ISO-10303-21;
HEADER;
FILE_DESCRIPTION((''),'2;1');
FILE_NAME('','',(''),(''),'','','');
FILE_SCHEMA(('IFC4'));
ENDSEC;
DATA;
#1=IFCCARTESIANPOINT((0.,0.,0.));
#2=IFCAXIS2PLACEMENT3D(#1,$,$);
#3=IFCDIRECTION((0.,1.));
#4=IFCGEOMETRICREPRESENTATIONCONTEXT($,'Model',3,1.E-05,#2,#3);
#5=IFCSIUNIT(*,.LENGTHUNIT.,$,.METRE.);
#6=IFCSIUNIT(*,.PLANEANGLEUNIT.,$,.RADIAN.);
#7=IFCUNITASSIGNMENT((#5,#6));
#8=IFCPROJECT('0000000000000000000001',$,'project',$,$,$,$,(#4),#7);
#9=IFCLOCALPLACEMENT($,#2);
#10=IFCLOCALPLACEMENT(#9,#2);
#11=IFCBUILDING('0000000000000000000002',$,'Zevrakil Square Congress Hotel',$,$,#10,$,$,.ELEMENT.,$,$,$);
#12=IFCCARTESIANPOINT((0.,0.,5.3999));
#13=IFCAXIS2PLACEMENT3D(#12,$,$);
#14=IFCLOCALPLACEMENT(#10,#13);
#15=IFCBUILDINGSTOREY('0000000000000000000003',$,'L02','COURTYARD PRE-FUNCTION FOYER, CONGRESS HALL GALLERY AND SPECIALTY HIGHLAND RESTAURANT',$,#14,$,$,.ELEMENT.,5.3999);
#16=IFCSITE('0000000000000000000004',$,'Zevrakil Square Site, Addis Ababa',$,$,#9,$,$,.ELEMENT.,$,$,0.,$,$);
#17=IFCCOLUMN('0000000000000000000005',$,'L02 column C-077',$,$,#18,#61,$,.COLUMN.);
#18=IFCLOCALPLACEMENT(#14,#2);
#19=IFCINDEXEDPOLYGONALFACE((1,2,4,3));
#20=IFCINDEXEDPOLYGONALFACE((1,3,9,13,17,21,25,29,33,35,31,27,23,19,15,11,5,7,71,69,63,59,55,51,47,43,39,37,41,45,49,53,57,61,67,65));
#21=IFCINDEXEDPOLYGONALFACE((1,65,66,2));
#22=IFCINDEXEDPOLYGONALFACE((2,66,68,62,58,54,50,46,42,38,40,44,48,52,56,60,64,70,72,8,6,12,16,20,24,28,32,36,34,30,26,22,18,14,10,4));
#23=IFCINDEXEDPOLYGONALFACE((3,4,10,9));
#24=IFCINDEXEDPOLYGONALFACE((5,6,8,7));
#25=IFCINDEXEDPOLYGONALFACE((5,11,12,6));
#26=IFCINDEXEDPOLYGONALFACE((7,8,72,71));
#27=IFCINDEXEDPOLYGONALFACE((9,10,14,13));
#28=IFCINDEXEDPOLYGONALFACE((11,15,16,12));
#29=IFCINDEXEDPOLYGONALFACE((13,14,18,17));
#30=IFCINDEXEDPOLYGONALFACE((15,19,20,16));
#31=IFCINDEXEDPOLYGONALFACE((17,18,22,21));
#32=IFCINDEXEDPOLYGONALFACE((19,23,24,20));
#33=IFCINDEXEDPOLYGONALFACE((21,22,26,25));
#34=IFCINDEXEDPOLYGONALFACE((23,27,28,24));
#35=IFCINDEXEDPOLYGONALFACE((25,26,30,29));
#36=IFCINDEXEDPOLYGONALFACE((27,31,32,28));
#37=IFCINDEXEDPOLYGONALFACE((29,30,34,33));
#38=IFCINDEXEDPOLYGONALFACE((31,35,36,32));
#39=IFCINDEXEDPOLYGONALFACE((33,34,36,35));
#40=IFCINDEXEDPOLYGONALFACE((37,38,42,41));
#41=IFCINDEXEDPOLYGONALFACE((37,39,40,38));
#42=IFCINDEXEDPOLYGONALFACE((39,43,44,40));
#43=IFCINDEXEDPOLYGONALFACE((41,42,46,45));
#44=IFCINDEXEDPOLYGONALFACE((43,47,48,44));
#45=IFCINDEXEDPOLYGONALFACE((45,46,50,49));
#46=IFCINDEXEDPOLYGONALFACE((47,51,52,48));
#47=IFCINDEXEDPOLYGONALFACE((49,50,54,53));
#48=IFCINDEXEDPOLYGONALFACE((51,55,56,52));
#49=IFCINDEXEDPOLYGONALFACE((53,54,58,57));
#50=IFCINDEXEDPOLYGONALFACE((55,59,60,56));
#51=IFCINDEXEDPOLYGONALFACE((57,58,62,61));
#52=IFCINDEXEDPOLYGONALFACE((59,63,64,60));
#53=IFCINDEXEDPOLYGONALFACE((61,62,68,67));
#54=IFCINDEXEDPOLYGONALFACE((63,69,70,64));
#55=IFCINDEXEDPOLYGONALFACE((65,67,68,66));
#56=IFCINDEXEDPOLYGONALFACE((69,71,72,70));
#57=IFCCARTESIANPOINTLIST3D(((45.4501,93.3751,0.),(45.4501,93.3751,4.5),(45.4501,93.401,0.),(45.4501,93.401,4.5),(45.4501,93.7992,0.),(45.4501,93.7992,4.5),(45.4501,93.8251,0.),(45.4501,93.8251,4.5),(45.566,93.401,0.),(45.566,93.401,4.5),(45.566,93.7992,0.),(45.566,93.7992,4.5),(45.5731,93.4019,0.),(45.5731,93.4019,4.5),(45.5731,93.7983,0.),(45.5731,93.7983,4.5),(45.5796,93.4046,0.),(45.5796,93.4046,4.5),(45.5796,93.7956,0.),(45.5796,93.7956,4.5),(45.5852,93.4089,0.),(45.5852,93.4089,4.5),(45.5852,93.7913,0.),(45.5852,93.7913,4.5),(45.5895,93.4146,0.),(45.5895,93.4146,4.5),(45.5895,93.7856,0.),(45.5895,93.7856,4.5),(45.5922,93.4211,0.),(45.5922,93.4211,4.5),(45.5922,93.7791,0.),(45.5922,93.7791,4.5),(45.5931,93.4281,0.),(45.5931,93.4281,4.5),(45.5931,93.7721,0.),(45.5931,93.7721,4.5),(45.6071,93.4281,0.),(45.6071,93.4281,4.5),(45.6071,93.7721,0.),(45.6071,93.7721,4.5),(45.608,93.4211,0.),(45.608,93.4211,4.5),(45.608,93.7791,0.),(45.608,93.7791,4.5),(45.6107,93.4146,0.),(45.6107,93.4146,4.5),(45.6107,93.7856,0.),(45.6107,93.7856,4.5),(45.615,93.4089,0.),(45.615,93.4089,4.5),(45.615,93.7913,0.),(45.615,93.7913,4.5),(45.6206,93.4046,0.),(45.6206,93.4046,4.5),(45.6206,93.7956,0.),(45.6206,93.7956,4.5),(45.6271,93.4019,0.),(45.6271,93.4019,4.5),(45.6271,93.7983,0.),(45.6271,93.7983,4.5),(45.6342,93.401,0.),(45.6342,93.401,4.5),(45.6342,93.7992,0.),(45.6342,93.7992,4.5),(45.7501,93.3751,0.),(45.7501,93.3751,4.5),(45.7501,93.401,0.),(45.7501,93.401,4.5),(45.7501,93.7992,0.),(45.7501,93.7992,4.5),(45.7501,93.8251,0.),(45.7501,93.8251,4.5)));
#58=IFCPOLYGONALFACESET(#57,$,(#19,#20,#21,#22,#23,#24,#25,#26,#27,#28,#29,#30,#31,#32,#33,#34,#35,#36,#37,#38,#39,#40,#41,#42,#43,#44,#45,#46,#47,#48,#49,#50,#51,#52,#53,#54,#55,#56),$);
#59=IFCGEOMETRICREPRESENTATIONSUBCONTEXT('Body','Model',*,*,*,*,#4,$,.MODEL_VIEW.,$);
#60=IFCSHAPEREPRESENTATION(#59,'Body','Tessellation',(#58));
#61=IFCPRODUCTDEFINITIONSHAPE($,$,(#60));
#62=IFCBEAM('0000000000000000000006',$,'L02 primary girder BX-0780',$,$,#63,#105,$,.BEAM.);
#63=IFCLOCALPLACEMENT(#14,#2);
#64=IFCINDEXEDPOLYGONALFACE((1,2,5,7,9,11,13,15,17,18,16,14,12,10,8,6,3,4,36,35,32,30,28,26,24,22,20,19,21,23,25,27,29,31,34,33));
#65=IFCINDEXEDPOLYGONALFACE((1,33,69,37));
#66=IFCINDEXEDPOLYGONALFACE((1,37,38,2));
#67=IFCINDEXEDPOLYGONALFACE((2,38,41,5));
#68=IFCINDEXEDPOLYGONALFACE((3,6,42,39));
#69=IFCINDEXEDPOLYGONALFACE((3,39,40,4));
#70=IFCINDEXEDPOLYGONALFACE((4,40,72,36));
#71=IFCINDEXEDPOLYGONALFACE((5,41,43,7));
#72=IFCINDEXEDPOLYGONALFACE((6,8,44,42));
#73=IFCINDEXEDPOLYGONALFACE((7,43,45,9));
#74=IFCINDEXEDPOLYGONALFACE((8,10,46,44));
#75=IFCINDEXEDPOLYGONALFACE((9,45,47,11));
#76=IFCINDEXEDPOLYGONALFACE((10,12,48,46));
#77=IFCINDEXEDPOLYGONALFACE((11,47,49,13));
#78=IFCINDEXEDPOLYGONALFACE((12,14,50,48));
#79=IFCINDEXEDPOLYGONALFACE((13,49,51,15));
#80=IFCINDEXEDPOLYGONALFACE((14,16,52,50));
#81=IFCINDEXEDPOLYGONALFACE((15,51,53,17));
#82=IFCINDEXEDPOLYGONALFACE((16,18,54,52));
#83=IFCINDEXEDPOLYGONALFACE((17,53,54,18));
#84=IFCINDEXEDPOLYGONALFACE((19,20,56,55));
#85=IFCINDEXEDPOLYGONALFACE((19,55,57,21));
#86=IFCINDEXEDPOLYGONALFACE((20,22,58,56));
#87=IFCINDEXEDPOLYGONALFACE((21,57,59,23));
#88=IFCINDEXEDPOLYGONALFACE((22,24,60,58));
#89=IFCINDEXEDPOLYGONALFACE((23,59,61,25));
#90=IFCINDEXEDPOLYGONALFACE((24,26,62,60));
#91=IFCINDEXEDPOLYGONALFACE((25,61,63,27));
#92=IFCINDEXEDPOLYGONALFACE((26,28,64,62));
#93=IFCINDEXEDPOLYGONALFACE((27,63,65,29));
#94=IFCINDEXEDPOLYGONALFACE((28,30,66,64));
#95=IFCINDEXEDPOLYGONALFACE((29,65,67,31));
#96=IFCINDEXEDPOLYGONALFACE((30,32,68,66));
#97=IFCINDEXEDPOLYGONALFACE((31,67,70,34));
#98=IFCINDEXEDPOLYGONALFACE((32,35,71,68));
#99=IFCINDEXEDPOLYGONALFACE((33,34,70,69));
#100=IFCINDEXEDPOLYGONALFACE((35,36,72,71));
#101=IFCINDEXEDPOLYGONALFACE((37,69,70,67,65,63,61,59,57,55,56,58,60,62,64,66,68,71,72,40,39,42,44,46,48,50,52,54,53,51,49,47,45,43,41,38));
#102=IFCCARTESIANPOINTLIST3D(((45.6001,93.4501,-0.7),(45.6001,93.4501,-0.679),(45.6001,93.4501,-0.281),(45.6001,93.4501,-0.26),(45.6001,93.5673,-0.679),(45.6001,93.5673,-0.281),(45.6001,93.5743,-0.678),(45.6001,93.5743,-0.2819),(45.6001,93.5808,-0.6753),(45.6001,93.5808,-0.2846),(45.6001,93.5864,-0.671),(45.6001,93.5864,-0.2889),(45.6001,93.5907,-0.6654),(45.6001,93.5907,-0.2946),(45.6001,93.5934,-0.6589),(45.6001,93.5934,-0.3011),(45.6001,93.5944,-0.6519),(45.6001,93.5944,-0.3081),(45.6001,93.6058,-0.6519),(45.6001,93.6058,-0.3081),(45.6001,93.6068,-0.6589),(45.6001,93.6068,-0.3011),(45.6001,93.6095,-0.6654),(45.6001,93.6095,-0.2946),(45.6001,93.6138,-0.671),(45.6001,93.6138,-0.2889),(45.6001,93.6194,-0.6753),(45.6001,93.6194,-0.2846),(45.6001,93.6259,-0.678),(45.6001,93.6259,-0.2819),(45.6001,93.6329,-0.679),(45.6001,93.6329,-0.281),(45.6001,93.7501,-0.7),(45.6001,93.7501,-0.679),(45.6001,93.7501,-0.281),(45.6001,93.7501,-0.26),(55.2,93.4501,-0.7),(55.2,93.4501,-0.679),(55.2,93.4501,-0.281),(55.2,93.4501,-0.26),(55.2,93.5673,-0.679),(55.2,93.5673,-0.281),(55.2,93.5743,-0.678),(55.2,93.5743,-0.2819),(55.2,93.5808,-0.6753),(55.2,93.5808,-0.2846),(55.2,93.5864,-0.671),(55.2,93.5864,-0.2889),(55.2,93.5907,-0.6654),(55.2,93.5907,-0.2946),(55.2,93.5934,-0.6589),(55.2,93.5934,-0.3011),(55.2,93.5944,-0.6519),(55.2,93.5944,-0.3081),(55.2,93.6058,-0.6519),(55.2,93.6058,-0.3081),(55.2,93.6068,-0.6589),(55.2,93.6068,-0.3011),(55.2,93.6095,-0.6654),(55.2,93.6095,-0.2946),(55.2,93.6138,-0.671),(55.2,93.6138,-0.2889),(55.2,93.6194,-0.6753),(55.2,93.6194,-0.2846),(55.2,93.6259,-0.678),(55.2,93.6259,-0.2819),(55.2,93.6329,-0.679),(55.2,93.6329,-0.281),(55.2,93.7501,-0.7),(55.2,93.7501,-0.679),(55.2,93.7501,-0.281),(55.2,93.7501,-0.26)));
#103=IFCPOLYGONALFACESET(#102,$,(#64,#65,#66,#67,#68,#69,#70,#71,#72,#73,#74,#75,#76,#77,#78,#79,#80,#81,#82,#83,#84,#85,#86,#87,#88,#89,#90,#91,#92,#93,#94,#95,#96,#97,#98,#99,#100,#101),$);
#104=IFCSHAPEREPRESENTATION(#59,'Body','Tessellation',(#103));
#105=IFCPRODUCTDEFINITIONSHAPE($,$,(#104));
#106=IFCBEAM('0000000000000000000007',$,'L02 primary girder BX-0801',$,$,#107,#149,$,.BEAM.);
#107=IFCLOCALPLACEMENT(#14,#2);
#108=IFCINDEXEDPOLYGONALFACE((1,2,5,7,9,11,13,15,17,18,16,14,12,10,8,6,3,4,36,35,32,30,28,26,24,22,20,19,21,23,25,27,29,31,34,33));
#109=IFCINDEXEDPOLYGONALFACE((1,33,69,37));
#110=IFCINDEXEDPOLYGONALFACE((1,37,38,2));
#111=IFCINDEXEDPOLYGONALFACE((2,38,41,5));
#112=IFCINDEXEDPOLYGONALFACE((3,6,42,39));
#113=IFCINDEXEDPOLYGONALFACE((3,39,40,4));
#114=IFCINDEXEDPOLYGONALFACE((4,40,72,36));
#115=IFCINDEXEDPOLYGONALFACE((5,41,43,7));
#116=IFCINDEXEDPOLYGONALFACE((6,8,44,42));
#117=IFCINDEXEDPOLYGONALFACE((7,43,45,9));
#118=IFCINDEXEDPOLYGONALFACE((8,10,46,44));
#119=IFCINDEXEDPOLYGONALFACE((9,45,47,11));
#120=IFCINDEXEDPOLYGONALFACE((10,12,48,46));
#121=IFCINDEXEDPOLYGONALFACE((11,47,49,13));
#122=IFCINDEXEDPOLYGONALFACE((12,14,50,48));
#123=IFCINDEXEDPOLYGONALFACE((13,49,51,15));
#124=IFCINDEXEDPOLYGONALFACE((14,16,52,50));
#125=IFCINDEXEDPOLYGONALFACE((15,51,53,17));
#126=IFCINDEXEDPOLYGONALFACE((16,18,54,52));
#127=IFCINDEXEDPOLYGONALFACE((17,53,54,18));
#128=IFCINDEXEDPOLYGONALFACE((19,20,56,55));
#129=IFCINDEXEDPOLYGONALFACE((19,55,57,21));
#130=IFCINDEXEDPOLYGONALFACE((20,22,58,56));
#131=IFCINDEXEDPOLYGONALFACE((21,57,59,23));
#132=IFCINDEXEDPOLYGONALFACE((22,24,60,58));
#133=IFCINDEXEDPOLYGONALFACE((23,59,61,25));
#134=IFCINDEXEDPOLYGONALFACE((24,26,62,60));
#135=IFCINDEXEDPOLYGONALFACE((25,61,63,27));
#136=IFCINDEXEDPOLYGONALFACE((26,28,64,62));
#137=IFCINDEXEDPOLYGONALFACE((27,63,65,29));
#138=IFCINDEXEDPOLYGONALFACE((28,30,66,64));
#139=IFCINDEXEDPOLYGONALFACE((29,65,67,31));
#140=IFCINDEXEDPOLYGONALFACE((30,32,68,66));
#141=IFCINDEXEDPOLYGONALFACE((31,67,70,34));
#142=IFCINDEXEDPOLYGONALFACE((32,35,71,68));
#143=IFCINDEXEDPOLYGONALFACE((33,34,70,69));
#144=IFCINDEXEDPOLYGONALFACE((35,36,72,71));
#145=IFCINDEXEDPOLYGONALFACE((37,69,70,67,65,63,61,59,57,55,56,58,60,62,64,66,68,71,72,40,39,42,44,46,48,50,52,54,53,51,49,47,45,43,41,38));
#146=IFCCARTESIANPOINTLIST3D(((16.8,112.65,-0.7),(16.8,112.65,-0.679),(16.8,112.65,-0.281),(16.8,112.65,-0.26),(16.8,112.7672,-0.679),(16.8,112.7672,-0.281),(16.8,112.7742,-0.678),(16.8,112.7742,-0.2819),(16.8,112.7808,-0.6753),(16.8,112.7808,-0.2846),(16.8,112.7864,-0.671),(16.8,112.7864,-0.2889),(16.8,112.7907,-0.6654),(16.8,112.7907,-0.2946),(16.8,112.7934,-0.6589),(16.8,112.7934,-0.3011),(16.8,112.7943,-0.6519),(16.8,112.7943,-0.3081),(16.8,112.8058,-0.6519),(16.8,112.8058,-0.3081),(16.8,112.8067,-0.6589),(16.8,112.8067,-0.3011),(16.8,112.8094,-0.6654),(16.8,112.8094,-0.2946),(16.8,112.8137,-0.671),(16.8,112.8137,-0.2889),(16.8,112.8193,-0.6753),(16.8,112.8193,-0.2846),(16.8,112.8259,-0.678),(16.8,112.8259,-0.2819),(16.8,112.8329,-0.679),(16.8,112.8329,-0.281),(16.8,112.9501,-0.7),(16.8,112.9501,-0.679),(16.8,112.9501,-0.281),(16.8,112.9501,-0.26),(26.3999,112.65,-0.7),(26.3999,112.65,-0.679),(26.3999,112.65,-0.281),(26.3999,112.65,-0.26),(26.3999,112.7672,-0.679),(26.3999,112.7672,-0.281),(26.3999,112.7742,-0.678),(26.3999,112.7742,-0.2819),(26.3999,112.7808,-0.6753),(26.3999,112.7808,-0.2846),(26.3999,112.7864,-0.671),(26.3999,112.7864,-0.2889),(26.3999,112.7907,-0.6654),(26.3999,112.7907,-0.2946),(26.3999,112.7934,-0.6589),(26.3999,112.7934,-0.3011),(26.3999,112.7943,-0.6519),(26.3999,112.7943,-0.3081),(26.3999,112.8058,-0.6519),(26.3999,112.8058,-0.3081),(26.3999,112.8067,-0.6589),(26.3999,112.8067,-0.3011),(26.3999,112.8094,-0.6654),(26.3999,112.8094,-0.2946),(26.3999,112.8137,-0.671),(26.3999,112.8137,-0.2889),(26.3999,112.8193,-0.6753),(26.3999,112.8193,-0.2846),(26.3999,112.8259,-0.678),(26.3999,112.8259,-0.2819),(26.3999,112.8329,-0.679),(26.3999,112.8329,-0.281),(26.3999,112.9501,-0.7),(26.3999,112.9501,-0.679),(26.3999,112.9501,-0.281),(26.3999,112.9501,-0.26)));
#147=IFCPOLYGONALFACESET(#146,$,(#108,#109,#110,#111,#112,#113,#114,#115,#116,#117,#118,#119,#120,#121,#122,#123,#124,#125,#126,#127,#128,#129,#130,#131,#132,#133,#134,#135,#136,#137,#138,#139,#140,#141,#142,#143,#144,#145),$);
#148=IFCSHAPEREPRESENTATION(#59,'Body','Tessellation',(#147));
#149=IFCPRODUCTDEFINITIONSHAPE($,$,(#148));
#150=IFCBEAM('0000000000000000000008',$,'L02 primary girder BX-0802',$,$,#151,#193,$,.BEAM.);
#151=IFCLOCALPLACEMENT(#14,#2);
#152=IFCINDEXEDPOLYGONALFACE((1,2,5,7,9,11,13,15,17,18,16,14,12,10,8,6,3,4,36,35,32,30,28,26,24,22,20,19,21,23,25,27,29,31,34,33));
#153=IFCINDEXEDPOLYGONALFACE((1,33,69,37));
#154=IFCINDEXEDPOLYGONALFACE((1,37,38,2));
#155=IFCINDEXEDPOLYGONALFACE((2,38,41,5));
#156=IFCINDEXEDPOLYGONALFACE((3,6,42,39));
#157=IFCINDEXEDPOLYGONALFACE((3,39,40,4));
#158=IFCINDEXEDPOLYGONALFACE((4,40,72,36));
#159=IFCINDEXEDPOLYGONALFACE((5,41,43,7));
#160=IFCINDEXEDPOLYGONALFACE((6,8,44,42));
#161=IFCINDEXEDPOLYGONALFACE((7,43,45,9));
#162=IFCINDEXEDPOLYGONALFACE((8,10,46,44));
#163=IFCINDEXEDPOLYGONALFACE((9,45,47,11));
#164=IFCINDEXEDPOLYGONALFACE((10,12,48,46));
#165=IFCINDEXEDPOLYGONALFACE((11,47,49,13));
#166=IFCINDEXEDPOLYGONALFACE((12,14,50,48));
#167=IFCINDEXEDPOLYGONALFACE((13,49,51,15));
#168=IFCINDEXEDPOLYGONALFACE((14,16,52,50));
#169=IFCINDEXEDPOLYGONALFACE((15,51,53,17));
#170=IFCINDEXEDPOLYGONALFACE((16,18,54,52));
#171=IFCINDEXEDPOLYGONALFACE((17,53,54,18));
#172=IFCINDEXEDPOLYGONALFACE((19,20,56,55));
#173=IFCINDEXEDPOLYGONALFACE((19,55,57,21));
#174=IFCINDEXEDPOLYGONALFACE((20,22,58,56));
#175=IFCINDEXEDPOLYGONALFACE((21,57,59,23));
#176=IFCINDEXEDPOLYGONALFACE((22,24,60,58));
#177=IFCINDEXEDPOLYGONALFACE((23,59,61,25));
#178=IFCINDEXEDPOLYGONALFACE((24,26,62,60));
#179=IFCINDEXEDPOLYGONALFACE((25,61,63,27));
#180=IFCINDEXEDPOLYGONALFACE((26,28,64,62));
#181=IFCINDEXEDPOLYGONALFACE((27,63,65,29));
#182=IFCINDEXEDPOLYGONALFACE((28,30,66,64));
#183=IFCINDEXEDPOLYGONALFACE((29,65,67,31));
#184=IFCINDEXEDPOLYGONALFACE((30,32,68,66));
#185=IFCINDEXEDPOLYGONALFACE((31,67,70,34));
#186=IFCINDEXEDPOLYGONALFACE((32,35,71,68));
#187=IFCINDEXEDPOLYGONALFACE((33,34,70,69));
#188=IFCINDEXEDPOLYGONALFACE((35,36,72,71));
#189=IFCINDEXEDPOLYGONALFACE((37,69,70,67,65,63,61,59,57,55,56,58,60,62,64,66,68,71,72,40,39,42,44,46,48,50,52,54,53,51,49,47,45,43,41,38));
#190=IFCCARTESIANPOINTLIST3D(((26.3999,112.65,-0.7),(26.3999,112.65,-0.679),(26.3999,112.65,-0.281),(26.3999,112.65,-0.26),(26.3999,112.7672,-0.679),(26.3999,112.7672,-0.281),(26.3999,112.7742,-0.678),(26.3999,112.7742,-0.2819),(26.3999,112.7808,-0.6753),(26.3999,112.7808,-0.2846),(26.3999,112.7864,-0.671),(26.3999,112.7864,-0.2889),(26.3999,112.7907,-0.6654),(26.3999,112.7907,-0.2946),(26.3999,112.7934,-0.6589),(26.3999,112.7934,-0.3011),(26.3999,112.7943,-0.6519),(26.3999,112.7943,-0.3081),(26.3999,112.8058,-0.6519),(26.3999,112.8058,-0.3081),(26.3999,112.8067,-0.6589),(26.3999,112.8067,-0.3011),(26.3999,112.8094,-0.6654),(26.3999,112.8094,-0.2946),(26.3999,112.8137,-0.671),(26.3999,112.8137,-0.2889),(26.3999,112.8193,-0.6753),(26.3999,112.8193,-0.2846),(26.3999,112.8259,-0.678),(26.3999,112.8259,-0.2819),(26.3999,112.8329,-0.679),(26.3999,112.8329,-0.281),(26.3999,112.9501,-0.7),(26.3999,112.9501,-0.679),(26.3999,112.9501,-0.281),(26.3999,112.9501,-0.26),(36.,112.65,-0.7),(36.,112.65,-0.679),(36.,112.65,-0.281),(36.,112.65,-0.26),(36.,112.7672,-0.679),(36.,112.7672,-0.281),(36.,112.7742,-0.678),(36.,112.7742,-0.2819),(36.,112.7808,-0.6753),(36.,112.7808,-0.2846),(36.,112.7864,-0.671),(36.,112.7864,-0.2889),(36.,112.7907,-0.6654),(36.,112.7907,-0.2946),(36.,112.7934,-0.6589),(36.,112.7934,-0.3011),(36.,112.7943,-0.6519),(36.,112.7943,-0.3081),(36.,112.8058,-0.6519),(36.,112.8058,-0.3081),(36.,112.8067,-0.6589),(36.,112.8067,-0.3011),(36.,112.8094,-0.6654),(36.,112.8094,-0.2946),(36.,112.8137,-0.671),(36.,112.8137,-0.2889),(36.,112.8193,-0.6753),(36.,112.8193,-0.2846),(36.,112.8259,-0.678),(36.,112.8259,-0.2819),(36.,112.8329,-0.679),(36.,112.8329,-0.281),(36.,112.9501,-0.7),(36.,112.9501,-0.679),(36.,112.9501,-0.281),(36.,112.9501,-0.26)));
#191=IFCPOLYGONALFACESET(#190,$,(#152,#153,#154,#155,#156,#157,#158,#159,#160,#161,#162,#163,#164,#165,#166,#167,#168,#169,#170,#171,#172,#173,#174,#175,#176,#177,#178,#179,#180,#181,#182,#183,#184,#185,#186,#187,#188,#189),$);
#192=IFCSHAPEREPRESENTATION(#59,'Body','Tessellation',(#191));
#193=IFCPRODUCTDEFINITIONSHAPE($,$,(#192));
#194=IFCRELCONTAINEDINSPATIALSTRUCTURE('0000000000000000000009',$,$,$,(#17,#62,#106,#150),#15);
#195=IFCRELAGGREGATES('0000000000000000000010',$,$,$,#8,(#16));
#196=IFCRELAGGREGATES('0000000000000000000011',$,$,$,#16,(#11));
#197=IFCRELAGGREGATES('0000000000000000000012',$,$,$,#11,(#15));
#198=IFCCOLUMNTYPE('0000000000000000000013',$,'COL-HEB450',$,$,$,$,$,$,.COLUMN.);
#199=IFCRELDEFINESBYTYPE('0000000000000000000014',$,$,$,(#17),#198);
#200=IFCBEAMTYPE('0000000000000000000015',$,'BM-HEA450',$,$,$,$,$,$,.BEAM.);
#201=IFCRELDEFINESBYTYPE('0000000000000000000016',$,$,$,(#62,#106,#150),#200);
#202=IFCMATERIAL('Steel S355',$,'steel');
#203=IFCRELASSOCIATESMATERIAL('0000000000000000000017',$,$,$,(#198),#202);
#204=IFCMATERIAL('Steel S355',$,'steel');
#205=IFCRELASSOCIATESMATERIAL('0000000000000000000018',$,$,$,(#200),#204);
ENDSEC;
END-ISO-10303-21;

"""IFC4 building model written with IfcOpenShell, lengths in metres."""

from ifc_helpers import new_model, si_unit, direction, frame, origin, origin_2d, place, context, subcontext, project, spatial, i_section, extrude, material, material_profile, profile_set, type_object, element, save


model = new_model("IFC4")

# Units and contexts
model_context = context("Model", 3, precision=1e-05, world=origin(), true_north=direction((0.0, 1.0)))
body_context = subcontext(model_context, "Body", "Model", "MODEL_VIEW")
ifc_project = project(units=[si_unit("LENGTHUNIT", "METRE"), si_unit("PLANEANGLEUNIT", "RADIAN")], contexts=[model_context])

# Site, building, storey
site_placement = place(None, origin())
site = spatial("IfcSite", under=ifc_project, at=site_placement, Name="Zevrakil Square Site, Addis Ababa", CompositionType="ELEMENT", RefElevation=0.0)
building_placement = place(site_placement, origin())
building = spatial("IfcBuilding", under=site, at=building_placement, Name="Zevrakil Square Congress Hotel", CompositionType="ELEMENT")
storey_placement = place(building_placement, frame((0.0, 0.0, 5.3999)))
storey = spatial("IfcBuildingStorey", under=building, at=storey_placement, Name="L02", Description="COURTYARD PRE-FUNCTION FOYER, CONGRESS HALL GALLERY AND SPECIALTY HIGHLAND RESTAURANT", CompositionType="ELEMENT", Elevation=5.3999)

# Column
ifc_material_1 = material(Name="Steel S355", Category="steel")
ifc_material_profile_1 = material_profile(ifc_material_1, i_section(OverallWidth=0.3, OverallDepth=0.45, WebThickness=0.0139, FlangeThickness=0.0259, FilletRadius=0.0271, at=origin_2d()), Name="HEB 450")
ifc_profile_set_1 = profile_set([ifc_material_profile_1], Name="Steel S355")
column_type = type_object("IfcColumnType", Name="COL-HEB450", PredefinedType="COLUMN", material=ifc_profile_set_1)
column_placement = place(storey_placement, frame((45.6001, 93.6001, 0.0), z_axis=(0.0, 0.0, 1.0), x_axis=(1.0, 0.0, 0.0)))
element("IfcColumn", 1, at=column_placement, inside=storey, type_object=column_type, Name="L02 column C-077", PredefinedType="COLUMN", context=body_context, shape_type="SweptSolid", body=[
    extrude(i_section(OverallWidth=0.3, OverallDepth=0.45, WebThickness=0.0139, FlangeThickness=0.0259, FilletRadius=0.0271, at=origin_2d()), origin(), (0.0, 0.0, 1.0), 4.5),
])

# Beams
ifc_material_2 = material(Name="Steel S355", Category="steel")
ifc_material_profile_2 = material_profile(ifc_material_2, i_section(OverallWidth=0.3, OverallDepth=0.4399, WebThickness=0.0115, FlangeThickness=0.021, FilletRadius=0.0271, at=origin_2d()), Name="HEA 450")
ifc_profile_set_2 = profile_set([ifc_material_profile_2], Name="Steel S355")
beam_type_1 = type_object("IfcBeamType", Name="BM-HEA450", PredefinedType="BEAM", material=ifc_profile_set_2)
for number, where, z_axis, x_axis, name in (
    (2, (45.6001, 93.6001, -0.48), (1.0, 0.0, 0.0), (0.0, 1.0, 0.0), "L02 primary girder BX-0780"),
    (3, (16.8, 112.8, -0.48), (1.0, 0.0, 0.0), (0.0, 1.0, 0.0), "L02 primary girder BX-0801"),
):
    element("IfcBeam", number, at=place(storey_placement, frame(where, z_axis=z_axis, x_axis=x_axis)), inside=storey, type_object=beam_type_1, Name=name, PredefinedType="BEAM", context=body_context, shape_type="SweptSolid", body=[
        extrude(i_section(OverallWidth=0.3, OverallDepth=0.4399, WebThickness=0.0115, FlangeThickness=0.021, FilletRadius=0.0271, at=origin_2d()), origin(), (0.0, 0.0, 1.0), 9.5999),
    ])
for number, where, z_axis, x_axis, name in (
    (4, (26.3999, 112.8, -0.48), (1.0, 0.0, 0.0), (0.0, 1.0, 0.0), "L02 primary girder BX-0802"),
):
    element("IfcBeam", number, at=place(storey_placement, frame(where, z_axis=z_axis, x_axis=x_axis)), inside=storey, type_object=beam_type_1, Name=name, PredefinedType="BEAM", context=body_context, shape_type="SweptSolid", body=[
        extrude(i_section(OverallWidth=0.3, OverallDepth=0.4399, WebThickness=0.0115, FlangeThickness=0.021, FilletRadius=0.0271, at=origin_2d()), origin(), (0.0, 0.0, 1.0), 9.6001),
    ])

save(model, "model.ifc")
